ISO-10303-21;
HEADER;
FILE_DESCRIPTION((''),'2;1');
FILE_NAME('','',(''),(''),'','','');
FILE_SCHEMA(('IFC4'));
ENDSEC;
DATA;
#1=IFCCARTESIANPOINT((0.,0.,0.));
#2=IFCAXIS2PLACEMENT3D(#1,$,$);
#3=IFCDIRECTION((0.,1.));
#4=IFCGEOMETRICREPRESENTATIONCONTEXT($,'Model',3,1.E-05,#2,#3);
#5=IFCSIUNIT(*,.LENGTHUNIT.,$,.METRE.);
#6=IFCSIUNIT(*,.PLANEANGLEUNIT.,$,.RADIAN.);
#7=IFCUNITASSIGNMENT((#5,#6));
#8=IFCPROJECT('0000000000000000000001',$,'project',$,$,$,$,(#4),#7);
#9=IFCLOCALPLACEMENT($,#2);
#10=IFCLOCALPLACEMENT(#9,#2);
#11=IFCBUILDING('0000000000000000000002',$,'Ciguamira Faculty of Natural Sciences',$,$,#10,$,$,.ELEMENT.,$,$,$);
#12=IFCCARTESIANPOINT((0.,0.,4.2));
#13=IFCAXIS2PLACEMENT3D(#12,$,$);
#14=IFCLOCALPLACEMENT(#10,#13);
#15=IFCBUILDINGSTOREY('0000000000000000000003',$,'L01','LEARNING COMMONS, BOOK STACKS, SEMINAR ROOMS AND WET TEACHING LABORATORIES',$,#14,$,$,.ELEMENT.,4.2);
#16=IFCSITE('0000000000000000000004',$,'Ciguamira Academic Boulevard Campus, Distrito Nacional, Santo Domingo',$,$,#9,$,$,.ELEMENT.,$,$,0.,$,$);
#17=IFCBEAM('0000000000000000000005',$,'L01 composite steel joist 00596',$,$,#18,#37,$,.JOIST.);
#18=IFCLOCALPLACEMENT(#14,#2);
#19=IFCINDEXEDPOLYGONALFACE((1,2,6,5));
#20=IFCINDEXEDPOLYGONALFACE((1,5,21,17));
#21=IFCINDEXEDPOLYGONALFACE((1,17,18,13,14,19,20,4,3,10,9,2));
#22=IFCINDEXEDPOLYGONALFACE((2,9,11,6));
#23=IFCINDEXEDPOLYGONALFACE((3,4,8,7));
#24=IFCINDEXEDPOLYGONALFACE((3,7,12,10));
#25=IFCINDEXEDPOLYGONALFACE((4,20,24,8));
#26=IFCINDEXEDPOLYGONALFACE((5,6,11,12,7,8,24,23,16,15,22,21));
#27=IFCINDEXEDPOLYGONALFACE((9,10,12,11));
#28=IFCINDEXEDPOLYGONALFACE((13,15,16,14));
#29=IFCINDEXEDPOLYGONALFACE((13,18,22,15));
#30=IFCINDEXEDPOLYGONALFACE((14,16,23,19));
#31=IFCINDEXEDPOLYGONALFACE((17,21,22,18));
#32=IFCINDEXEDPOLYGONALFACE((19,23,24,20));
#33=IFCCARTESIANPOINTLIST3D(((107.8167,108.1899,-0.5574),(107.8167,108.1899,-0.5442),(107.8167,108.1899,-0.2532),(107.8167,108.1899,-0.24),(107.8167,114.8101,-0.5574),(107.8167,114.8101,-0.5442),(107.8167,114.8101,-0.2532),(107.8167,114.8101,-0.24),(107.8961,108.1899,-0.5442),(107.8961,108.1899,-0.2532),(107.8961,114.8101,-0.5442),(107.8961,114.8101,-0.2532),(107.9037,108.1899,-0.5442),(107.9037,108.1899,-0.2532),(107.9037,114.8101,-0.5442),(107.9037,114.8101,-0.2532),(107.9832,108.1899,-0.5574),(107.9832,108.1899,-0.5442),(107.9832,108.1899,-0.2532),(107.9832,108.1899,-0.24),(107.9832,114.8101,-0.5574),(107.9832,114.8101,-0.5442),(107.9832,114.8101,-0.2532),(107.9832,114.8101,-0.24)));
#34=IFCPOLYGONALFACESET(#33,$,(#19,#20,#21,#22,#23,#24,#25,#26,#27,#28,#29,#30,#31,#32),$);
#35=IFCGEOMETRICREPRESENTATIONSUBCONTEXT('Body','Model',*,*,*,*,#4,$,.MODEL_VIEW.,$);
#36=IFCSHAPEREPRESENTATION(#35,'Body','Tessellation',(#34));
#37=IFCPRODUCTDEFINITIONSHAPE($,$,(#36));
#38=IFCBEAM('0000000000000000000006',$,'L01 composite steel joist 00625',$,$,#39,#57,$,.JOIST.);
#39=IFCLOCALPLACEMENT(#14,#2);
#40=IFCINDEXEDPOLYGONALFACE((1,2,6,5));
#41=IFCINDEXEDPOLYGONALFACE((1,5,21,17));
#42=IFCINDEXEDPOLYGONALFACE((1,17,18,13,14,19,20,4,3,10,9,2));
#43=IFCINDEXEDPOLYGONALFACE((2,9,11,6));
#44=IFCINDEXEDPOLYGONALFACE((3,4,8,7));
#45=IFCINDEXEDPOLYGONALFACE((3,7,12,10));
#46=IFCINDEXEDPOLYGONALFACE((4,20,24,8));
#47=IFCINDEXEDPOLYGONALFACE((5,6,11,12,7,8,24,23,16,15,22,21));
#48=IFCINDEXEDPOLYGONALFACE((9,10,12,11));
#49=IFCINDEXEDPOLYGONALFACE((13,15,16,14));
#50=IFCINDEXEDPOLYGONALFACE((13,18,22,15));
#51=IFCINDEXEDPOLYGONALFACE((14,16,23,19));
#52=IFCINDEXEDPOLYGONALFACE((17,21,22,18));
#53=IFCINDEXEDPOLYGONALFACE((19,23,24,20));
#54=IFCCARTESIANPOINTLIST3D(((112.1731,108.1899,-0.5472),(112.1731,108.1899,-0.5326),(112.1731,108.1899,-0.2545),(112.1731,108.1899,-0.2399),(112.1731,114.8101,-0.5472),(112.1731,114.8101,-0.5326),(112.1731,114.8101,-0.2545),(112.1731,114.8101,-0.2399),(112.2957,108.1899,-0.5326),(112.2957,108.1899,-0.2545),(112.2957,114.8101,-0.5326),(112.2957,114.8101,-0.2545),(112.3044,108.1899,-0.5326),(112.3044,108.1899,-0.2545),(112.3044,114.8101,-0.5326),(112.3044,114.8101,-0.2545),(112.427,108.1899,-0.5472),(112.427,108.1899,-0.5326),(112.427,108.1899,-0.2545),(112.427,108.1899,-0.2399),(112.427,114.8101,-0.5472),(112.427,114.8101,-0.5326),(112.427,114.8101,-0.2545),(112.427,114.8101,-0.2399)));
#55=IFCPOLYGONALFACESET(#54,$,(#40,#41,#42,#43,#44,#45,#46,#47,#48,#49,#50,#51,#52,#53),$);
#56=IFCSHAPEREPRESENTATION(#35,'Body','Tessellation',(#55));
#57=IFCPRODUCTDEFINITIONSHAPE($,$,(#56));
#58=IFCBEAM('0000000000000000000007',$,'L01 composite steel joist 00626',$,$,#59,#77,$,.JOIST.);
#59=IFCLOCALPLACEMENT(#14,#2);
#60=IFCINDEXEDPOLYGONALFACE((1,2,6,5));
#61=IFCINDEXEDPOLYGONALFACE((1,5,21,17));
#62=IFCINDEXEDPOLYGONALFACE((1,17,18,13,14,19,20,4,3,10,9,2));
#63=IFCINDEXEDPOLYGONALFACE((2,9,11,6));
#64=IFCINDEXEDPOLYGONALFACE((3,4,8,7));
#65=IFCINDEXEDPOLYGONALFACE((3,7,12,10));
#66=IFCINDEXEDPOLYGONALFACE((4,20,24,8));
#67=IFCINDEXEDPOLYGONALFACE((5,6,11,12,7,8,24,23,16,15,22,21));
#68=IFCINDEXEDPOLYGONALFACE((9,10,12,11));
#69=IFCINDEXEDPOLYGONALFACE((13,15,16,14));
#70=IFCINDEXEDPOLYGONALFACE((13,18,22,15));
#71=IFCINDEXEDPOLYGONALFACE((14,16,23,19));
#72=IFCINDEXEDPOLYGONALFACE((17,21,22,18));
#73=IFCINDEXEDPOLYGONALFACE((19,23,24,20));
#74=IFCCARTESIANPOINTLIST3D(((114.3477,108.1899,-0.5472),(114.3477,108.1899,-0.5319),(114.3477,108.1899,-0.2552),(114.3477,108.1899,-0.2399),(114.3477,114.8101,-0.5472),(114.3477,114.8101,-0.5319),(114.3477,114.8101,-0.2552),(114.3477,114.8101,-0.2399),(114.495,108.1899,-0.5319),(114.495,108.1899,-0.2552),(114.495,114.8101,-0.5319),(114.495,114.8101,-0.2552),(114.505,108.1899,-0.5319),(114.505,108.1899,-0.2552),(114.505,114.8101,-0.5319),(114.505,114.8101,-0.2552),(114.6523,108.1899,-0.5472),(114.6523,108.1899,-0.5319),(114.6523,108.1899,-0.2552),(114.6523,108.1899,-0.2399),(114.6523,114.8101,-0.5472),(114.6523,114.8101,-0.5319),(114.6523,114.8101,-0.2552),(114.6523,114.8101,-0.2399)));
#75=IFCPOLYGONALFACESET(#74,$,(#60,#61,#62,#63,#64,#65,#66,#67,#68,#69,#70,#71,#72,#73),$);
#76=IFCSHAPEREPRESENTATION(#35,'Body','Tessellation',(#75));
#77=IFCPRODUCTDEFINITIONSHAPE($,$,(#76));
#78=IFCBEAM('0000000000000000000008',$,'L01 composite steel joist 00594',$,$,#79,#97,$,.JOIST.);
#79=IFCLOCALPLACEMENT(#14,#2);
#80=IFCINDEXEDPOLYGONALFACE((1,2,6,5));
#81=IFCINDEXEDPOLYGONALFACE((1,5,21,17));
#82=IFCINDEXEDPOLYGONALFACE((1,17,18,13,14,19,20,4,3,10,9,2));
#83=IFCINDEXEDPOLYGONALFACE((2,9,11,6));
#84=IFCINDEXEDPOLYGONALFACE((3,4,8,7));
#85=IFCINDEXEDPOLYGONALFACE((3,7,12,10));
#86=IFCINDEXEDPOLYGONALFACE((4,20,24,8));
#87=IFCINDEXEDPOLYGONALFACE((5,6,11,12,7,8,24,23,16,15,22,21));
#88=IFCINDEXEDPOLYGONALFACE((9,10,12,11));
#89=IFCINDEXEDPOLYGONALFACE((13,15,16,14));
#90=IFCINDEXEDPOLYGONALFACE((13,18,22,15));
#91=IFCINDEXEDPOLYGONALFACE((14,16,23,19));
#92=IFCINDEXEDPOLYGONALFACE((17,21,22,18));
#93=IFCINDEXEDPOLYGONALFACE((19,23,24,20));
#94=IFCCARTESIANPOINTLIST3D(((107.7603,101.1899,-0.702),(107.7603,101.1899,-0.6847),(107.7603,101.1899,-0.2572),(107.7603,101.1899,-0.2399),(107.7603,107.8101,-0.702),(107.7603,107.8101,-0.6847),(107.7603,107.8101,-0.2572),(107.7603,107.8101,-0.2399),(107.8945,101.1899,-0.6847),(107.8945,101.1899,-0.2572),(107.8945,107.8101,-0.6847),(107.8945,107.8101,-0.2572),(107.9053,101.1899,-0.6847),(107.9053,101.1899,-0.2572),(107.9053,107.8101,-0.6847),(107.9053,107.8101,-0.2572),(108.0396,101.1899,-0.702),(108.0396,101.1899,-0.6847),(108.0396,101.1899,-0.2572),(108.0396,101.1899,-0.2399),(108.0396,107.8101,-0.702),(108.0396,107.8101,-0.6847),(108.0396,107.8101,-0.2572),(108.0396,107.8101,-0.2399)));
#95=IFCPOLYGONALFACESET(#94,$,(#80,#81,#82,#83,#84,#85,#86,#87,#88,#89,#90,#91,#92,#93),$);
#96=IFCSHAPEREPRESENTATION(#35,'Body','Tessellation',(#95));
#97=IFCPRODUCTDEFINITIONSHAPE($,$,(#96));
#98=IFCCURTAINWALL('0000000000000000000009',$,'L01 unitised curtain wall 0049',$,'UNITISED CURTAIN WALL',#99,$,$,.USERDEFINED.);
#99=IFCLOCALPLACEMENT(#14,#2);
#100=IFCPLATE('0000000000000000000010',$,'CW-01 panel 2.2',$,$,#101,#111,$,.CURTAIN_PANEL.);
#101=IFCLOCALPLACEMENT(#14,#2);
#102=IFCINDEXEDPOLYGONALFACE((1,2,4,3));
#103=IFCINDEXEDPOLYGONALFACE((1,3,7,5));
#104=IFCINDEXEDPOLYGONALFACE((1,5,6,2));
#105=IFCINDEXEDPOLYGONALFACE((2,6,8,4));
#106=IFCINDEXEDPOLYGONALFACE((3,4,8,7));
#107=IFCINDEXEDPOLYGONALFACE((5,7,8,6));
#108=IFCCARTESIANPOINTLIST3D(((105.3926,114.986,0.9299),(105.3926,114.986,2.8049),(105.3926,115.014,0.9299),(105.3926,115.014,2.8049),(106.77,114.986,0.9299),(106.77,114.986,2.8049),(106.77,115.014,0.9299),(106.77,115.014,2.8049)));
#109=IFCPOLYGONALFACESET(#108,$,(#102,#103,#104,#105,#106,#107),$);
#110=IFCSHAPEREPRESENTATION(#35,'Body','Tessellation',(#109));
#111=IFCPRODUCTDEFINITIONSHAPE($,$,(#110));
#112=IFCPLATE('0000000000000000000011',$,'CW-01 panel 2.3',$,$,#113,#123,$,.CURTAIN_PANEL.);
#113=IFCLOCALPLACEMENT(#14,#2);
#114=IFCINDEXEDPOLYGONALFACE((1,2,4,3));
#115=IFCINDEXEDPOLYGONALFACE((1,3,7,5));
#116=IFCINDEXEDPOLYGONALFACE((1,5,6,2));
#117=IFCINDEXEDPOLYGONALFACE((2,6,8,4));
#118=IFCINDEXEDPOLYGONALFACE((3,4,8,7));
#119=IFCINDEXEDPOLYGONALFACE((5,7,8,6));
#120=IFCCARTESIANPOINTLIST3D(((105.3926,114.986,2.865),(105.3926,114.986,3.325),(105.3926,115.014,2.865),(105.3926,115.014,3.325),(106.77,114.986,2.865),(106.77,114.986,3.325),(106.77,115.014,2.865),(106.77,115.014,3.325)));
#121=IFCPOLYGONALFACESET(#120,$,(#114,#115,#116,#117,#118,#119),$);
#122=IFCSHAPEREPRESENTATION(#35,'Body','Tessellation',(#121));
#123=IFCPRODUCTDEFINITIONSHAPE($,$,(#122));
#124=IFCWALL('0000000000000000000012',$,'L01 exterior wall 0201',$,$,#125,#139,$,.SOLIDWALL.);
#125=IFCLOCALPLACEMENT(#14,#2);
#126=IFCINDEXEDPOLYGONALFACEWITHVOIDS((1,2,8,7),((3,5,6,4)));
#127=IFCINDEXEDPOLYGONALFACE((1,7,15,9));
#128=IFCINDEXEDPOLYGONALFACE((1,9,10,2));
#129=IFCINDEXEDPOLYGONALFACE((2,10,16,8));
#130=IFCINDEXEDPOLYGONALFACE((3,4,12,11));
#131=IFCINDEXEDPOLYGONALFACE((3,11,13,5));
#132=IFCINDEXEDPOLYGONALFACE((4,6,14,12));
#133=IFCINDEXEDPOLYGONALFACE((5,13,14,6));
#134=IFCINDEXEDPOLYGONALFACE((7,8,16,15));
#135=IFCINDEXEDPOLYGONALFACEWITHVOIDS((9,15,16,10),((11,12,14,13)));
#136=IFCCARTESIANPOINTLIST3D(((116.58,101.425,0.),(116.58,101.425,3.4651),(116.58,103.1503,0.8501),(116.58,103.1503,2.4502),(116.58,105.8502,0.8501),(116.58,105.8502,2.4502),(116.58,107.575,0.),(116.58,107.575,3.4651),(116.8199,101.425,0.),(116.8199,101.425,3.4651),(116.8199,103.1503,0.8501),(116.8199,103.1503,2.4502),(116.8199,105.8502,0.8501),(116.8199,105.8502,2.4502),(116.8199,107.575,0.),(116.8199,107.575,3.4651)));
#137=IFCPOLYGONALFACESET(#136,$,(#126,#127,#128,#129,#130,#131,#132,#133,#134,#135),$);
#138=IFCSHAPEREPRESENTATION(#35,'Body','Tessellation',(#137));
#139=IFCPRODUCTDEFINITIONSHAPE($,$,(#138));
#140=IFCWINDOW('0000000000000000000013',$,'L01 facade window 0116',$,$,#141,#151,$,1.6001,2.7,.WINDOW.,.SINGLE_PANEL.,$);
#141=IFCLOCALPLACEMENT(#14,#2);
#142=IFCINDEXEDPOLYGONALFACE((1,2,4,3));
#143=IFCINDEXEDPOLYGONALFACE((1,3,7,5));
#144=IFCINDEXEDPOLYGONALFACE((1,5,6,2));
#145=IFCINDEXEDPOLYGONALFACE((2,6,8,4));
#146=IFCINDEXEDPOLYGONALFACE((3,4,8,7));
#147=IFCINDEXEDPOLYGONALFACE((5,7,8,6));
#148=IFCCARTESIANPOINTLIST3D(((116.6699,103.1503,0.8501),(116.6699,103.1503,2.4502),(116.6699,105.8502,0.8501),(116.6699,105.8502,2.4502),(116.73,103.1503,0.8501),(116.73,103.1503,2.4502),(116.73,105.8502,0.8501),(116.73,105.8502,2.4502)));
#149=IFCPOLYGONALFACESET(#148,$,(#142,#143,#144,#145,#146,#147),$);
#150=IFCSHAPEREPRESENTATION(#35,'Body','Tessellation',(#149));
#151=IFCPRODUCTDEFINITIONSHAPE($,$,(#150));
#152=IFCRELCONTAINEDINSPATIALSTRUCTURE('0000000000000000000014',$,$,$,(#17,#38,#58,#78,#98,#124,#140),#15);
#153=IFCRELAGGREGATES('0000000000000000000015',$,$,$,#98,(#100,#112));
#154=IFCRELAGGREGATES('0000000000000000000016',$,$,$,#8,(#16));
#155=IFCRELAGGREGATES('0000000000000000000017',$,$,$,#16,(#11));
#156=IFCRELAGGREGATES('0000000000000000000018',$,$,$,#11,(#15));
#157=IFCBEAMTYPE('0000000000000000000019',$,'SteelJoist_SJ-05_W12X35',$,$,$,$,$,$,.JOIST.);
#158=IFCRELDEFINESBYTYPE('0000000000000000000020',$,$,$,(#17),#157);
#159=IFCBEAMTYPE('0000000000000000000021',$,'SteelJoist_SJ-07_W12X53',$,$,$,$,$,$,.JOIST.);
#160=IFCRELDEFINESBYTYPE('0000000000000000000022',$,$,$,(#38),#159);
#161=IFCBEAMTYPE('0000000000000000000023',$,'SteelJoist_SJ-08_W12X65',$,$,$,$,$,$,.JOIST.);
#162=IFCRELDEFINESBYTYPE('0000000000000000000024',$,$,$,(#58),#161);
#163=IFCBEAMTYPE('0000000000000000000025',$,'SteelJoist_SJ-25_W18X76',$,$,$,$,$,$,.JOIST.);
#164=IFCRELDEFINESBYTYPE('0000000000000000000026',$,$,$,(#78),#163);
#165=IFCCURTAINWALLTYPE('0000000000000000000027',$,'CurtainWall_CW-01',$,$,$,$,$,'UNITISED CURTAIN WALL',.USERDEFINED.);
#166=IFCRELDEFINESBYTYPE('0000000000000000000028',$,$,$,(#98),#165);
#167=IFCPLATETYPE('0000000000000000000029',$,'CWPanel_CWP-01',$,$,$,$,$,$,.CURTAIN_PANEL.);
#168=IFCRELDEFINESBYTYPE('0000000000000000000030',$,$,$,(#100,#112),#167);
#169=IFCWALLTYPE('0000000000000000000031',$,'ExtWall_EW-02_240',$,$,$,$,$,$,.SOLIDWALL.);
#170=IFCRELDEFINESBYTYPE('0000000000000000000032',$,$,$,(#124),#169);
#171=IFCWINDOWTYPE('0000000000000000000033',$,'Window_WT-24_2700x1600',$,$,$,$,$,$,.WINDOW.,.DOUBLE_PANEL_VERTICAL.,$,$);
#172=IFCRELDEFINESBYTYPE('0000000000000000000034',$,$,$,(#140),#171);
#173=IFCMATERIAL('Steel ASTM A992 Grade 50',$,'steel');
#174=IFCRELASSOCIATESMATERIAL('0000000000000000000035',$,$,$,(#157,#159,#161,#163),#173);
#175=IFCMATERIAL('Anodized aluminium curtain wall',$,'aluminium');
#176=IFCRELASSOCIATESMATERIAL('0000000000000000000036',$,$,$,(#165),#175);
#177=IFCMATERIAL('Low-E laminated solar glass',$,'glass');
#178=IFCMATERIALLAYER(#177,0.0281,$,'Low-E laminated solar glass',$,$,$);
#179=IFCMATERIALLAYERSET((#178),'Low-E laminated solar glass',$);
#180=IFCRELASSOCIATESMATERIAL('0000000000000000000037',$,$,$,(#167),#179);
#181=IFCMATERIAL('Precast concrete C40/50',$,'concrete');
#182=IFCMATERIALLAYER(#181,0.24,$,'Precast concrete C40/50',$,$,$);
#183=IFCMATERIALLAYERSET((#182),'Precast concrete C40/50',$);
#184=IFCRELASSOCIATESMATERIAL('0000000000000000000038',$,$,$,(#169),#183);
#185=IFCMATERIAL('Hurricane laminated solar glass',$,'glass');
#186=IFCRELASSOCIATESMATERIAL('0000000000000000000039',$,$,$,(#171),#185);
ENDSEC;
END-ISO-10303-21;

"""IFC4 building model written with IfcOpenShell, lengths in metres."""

from ifc_helpers import new_model, si_unit, direction, frame, frame_2d, origin, origin_2d, place, context, subcontext, project, spatial, rectangle, i_section, extrude, material, layer, layer_set, material_profile, profile_set, type_object, element, fill, aggregate, save


model = new_model("IFC4")

# Units and contexts
model_context = context("Model", 3, precision=1e-05, world=origin(), true_north=direction((0.0, 1.0)))
body_context = subcontext(model_context, "Body", "Model", "MODEL_VIEW")
ifc_project = project(units=[si_unit("LENGTHUNIT", "METRE"), si_unit("PLANEANGLEUNIT", "RADIAN")], contexts=[model_context])

# Site, building, storey
site_placement = place(None, origin())
site = spatial("IfcSite", under=ifc_project, at=site_placement, Name="Ciguamira Academic Boulevard Campus, Distrito Nacional, Santo Domingo", CompositionType="ELEMENT", RefElevation=0.0)
building_placement = place(site_placement, origin())
building = spatial("IfcBuilding", under=site, at=building_placement, Name="Ciguamira Faculty of Natural Sciences", CompositionType="ELEMENT")
storey_placement = place(building_placement, frame((0.0, 0.0, 4.2)))
storey = spatial("IfcBuildingStorey", under=building, at=storey_placement, Name="L01", Description="LEARNING COMMONS, BOOK STACKS, SEMINAR ROOMS AND WET TEACHING LABORATORIES", CompositionType="ELEMENT", Elevation=4.2)

# Beams
ifc_material_1 = material(Name="Precast concrete C40/50", Category="concrete")
ifc_material_2 = material(Name="Steel ASTM A992 Grade 50", Category="steel")
ifc_material_profile_1 = material_profile(ifc_material_2, i_section(OverallWidth=0.1665, OverallDepth=0.3174, WebThickness=0.0076, FlangeThickness=0.0132, at=origin_2d()), Name="W12X35")
ifc_profile_set_1 = profile_set([ifc_material_profile_1], Name="Steel ASTM A992 Grade 50")
beam_type_1 = type_object("IfcBeamType", Name="SteelJoist_SJ-05_W12X35", PredefinedType="JOIST", material=ifc_profile_set_1)
beam_1_placement = place(storey_placement, frame((107.8999, 108.1899, -0.3987), z_axis=(0.0, 1.0, 0.0), x_axis=(-1.0, 0.0, 0.0)))
element("IfcBeam", 1, at=beam_1_placement, inside=storey, type_object=beam_type_1, Name="L01 composite steel joist 00596", PredefinedType="JOIST", context=body_context, shape_type="SweptSolid", body=[
    extrude(i_section(OverallWidth=0.1665, OverallDepth=0.3174, WebThickness=0.0076, FlangeThickness=0.0132, at=origin_2d()), origin(), (0.0, 0.0, 1.0), 6.6201),
])
ifc_material_profile_2 = material_profile(ifc_material_2, i_section(OverallWidth=0.2539, OverallDepth=0.3074, WebThickness=0.0088, FlangeThickness=0.0146, at=origin_2d()), Name="W12X53")
ifc_profile_set_2 = profile_set([ifc_material_profile_2], Name="Steel ASTM A992 Grade 50")
beam_type_2 = type_object("IfcBeamType", Name="SteelJoist_SJ-07_W12X53", PredefinedType="JOIST", material=ifc_profile_set_2)
beam_2_placement = place(storey_placement, frame((112.3, 108.1899, -0.3936), z_axis=(0.0, 1.0, 0.0), x_axis=(-1.0, 0.0, 0.0)))
element("IfcBeam", 2, at=beam_2_placement, inside=storey, type_object=beam_type_2, Name="L01 composite steel joist 00625", PredefinedType="JOIST", context=body_context, shape_type="SweptSolid", body=[
    extrude(i_section(OverallWidth=0.2539, OverallDepth=0.3074, WebThickness=0.0088, FlangeThickness=0.0146, at=origin_2d()), origin(), (0.0, 0.0, 1.0), 6.6201),
])
ifc_material_profile_3 = material_profile(ifc_material_2, i_section(OverallWidth=0.3047, OverallDepth=0.3074, WebThickness=0.01, FlangeThickness=0.0154, at=origin_2d()), Name="W12X65")
ifc_profile_set_3 = profile_set([ifc_material_profile_3], Name="Steel ASTM A992 Grade 50")
beam_type_3 = type_object("IfcBeamType", Name="SteelJoist_SJ-08_W12X65", PredefinedType="JOIST", material=ifc_profile_set_3)
beam_3_placement = place(storey_placement, frame((114.5, 108.1899, -0.3936), z_axis=(0.0, 1.0, 0.0), x_axis=(-1.0, 0.0, 0.0)))
element("IfcBeam", 3, at=beam_3_placement, inside=storey, type_object=beam_type_3, Name="L01 composite steel joist 00626", PredefinedType="JOIST", context=body_context, shape_type="SweptSolid", body=[
    extrude(i_section(OverallWidth=0.3047, OverallDepth=0.3074, WebThickness=0.01, FlangeThickness=0.0154, at=origin_2d()), origin(), (0.0, 0.0, 1.0), 6.6201),
])
ifc_material_profile_4 = material_profile(ifc_material_2, i_section(OverallWidth=0.2793, OverallDepth=0.4622, WebThickness=0.0107, FlangeThickness=0.0173, at=origin_2d()), Name="W18X76")
ifc_profile_set_4 = profile_set([ifc_material_profile_4], Name="Steel ASTM A992 Grade 50")
beam_type_4 = type_object("IfcBeamType", Name="SteelJoist_SJ-25_W18X76", PredefinedType="JOIST", material=ifc_profile_set_4)
beam_4_placement = place(storey_placement, frame((107.8999, 101.1899, -0.4709), z_axis=(0.0, 1.0, 0.0), x_axis=(-1.0, 0.0, 0.0)))
element("IfcBeam", 4, at=beam_4_placement, inside=storey, type_object=beam_type_4, Name="L01 composite steel joist 00594", PredefinedType="JOIST", context=body_context, shape_type="SweptSolid", body=[
    extrude(i_section(OverallWidth=0.2793, OverallDepth=0.4622, WebThickness=0.0107, FlangeThickness=0.0173, at=origin_2d()), origin(), (0.0, 0.0, 1.0), 6.6201),
])

# Curtain wall, plates
ifc_material_3 = material(Name="Anodized aluminium curtain wall", Category="aluminium")
curtain_wall_type = type_object("IfcCurtainWallType", Name="CurtainWall_CW-01", ElementType="UNITISED CURTAIN WALL", PredefinedType="USERDEFINED", material=ifc_material_3)
curtain_wall_placement = place(storey_placement, origin())
curtain_wall = element("IfcCurtainWall", 5, at=curtain_wall_placement, inside=storey, type_object=curtain_wall_type, Name="L01 unitised curtain wall 0049", ObjectType="UNITISED CURTAIN WALL", PredefinedType="USERDEFINED")
ifc_material_4 = material(Name="Low-E laminated solar glass", Category="glass")
ifc_layer_1 = layer(ifc_material_4, 0.0281, Name="Low-E laminated solar glass")
ifc_layer_set_1 = layer_set([ifc_layer_1], Name="Low-E laminated solar glass")
plate_type = type_object("IfcPlateType", Name="CWPanel_CWP-01", PredefinedType="CURTAIN_PANEL", material=ifc_layer_set_1)
plate_1_placement = place(storey_placement, frame((106.0813, 115.0, 0.9299), z_axis=(0.0, 0.0, 1.0), x_axis=(1.0, 0.0, 0.0)))
plate_1 = element("IfcPlate", 6, at=plate_1_placement, type_object=plate_type, Name="CW-01 panel 2.2", PredefinedType="CURTAIN_PANEL", context=body_context, shape_type="SweptSolid", body=[
    extrude(rectangle(XDim=1.3774, YDim=0.0281, at=origin_2d()), origin(), (0.0, 0.0, 1.0), 1.875),
])
plate_2_placement = place(storey_placement, frame((106.0813, 115.0, 2.865), z_axis=(0.0, 0.0, 1.0), x_axis=(1.0, 0.0, 0.0)))
plate_2 = element("IfcPlate", 7, at=plate_2_placement, type_object=plate_type, Name="CW-01 panel 2.3", PredefinedType="CURTAIN_PANEL", context=body_context, shape_type="SweptSolid", body=[
    extrude(rectangle(XDim=1.3774, YDim=0.0281, at=origin_2d()), origin(), (0.0, 0.0, 1.0), 0.46),
])
aggregate(curtain_wall, [plate_1, plate_2])

# Wall, opening, window
ifc_layer_2 = layer(ifc_material_1, 0.24, Name="Precast concrete C40/50")
ifc_layer_set_2 = layer_set([ifc_layer_2], Name="Precast concrete C40/50")
wall_type = type_object("IfcWallType", Name="ExtWall_EW-02_240", PredefinedType="SOLIDWALL", material=ifc_layer_set_2)
wall_1_placement = place(storey_placement, frame((116.7, 101.425, 0.0), z_axis=(0.0, 0.0, 1.0), x_axis=(0.0, 1.0, 0.0)))
wall_1 = element("IfcWall", 8, at=wall_1_placement, inside=storey, type_object=wall_type, Name="L01 exterior wall 0201", PredefinedType="SOLIDWALL", context=body_context, shape_type="SweptSolid", body=[
    extrude(rectangle(XDim=6.1499, YDim=0.24, at=frame_2d((3.075, 0.0))), origin(), (0.0, 0.0, 1.0), 3.4651),
])
opening_1_placement = place(wall_1_placement, frame((1.7251, 0.0, 0.8501)))
opening_1 = element("IfcOpeningElement", 9, at=opening_1_placement, cuts=wall_1, PredefinedType="OPENING", context=body_context, shape_type="SweptSolid", body=[
    extrude(rectangle(XDim=2.7, YDim=1.6001, at=frame_2d((1.3501, 0.8))), frame((0.0, 0.1299, 0.0), z_axis=(0.0, -1.0, 0.0), x_axis=(1.0, 0.0, 0.0)), (0.0, 0.0, 1.0), 0.26),
])
ifc_material_5 = material(Name="Hurricane laminated solar glass", Category="glass")
window_type_1 = type_object("IfcWindowType", Name="Window_WT-24_2700x1600", PartitioningType="DOUBLE_PANEL_VERTICAL", PredefinedType="WINDOW", material=ifc_material_5)
window_1_placement = place(opening_1_placement, origin())
window_1 = element("IfcWindow", 10, at=window_1_placement, inside=storey, type_object=window_type_1, Name="L01 facade window 0116", OverallHeight=1.6001, OverallWidth=2.7, PartitioningType="SINGLE_PANEL", PredefinedType="WINDOW", context=body_context, shape_type="SweptSolid", body=[
    extrude(rectangle(XDim=2.7, YDim=1.6001, at=frame_2d((1.3501, 0.8))), frame((0.0, 0.03, 0.0), z_axis=(0.0, -1.0, 0.0), x_axis=(1.0, 0.0, 0.0)), (0.0, 0.0, 1.0), 0.0601),
])
fill(opening_1, window_1)

save(model, "model.ifc")
